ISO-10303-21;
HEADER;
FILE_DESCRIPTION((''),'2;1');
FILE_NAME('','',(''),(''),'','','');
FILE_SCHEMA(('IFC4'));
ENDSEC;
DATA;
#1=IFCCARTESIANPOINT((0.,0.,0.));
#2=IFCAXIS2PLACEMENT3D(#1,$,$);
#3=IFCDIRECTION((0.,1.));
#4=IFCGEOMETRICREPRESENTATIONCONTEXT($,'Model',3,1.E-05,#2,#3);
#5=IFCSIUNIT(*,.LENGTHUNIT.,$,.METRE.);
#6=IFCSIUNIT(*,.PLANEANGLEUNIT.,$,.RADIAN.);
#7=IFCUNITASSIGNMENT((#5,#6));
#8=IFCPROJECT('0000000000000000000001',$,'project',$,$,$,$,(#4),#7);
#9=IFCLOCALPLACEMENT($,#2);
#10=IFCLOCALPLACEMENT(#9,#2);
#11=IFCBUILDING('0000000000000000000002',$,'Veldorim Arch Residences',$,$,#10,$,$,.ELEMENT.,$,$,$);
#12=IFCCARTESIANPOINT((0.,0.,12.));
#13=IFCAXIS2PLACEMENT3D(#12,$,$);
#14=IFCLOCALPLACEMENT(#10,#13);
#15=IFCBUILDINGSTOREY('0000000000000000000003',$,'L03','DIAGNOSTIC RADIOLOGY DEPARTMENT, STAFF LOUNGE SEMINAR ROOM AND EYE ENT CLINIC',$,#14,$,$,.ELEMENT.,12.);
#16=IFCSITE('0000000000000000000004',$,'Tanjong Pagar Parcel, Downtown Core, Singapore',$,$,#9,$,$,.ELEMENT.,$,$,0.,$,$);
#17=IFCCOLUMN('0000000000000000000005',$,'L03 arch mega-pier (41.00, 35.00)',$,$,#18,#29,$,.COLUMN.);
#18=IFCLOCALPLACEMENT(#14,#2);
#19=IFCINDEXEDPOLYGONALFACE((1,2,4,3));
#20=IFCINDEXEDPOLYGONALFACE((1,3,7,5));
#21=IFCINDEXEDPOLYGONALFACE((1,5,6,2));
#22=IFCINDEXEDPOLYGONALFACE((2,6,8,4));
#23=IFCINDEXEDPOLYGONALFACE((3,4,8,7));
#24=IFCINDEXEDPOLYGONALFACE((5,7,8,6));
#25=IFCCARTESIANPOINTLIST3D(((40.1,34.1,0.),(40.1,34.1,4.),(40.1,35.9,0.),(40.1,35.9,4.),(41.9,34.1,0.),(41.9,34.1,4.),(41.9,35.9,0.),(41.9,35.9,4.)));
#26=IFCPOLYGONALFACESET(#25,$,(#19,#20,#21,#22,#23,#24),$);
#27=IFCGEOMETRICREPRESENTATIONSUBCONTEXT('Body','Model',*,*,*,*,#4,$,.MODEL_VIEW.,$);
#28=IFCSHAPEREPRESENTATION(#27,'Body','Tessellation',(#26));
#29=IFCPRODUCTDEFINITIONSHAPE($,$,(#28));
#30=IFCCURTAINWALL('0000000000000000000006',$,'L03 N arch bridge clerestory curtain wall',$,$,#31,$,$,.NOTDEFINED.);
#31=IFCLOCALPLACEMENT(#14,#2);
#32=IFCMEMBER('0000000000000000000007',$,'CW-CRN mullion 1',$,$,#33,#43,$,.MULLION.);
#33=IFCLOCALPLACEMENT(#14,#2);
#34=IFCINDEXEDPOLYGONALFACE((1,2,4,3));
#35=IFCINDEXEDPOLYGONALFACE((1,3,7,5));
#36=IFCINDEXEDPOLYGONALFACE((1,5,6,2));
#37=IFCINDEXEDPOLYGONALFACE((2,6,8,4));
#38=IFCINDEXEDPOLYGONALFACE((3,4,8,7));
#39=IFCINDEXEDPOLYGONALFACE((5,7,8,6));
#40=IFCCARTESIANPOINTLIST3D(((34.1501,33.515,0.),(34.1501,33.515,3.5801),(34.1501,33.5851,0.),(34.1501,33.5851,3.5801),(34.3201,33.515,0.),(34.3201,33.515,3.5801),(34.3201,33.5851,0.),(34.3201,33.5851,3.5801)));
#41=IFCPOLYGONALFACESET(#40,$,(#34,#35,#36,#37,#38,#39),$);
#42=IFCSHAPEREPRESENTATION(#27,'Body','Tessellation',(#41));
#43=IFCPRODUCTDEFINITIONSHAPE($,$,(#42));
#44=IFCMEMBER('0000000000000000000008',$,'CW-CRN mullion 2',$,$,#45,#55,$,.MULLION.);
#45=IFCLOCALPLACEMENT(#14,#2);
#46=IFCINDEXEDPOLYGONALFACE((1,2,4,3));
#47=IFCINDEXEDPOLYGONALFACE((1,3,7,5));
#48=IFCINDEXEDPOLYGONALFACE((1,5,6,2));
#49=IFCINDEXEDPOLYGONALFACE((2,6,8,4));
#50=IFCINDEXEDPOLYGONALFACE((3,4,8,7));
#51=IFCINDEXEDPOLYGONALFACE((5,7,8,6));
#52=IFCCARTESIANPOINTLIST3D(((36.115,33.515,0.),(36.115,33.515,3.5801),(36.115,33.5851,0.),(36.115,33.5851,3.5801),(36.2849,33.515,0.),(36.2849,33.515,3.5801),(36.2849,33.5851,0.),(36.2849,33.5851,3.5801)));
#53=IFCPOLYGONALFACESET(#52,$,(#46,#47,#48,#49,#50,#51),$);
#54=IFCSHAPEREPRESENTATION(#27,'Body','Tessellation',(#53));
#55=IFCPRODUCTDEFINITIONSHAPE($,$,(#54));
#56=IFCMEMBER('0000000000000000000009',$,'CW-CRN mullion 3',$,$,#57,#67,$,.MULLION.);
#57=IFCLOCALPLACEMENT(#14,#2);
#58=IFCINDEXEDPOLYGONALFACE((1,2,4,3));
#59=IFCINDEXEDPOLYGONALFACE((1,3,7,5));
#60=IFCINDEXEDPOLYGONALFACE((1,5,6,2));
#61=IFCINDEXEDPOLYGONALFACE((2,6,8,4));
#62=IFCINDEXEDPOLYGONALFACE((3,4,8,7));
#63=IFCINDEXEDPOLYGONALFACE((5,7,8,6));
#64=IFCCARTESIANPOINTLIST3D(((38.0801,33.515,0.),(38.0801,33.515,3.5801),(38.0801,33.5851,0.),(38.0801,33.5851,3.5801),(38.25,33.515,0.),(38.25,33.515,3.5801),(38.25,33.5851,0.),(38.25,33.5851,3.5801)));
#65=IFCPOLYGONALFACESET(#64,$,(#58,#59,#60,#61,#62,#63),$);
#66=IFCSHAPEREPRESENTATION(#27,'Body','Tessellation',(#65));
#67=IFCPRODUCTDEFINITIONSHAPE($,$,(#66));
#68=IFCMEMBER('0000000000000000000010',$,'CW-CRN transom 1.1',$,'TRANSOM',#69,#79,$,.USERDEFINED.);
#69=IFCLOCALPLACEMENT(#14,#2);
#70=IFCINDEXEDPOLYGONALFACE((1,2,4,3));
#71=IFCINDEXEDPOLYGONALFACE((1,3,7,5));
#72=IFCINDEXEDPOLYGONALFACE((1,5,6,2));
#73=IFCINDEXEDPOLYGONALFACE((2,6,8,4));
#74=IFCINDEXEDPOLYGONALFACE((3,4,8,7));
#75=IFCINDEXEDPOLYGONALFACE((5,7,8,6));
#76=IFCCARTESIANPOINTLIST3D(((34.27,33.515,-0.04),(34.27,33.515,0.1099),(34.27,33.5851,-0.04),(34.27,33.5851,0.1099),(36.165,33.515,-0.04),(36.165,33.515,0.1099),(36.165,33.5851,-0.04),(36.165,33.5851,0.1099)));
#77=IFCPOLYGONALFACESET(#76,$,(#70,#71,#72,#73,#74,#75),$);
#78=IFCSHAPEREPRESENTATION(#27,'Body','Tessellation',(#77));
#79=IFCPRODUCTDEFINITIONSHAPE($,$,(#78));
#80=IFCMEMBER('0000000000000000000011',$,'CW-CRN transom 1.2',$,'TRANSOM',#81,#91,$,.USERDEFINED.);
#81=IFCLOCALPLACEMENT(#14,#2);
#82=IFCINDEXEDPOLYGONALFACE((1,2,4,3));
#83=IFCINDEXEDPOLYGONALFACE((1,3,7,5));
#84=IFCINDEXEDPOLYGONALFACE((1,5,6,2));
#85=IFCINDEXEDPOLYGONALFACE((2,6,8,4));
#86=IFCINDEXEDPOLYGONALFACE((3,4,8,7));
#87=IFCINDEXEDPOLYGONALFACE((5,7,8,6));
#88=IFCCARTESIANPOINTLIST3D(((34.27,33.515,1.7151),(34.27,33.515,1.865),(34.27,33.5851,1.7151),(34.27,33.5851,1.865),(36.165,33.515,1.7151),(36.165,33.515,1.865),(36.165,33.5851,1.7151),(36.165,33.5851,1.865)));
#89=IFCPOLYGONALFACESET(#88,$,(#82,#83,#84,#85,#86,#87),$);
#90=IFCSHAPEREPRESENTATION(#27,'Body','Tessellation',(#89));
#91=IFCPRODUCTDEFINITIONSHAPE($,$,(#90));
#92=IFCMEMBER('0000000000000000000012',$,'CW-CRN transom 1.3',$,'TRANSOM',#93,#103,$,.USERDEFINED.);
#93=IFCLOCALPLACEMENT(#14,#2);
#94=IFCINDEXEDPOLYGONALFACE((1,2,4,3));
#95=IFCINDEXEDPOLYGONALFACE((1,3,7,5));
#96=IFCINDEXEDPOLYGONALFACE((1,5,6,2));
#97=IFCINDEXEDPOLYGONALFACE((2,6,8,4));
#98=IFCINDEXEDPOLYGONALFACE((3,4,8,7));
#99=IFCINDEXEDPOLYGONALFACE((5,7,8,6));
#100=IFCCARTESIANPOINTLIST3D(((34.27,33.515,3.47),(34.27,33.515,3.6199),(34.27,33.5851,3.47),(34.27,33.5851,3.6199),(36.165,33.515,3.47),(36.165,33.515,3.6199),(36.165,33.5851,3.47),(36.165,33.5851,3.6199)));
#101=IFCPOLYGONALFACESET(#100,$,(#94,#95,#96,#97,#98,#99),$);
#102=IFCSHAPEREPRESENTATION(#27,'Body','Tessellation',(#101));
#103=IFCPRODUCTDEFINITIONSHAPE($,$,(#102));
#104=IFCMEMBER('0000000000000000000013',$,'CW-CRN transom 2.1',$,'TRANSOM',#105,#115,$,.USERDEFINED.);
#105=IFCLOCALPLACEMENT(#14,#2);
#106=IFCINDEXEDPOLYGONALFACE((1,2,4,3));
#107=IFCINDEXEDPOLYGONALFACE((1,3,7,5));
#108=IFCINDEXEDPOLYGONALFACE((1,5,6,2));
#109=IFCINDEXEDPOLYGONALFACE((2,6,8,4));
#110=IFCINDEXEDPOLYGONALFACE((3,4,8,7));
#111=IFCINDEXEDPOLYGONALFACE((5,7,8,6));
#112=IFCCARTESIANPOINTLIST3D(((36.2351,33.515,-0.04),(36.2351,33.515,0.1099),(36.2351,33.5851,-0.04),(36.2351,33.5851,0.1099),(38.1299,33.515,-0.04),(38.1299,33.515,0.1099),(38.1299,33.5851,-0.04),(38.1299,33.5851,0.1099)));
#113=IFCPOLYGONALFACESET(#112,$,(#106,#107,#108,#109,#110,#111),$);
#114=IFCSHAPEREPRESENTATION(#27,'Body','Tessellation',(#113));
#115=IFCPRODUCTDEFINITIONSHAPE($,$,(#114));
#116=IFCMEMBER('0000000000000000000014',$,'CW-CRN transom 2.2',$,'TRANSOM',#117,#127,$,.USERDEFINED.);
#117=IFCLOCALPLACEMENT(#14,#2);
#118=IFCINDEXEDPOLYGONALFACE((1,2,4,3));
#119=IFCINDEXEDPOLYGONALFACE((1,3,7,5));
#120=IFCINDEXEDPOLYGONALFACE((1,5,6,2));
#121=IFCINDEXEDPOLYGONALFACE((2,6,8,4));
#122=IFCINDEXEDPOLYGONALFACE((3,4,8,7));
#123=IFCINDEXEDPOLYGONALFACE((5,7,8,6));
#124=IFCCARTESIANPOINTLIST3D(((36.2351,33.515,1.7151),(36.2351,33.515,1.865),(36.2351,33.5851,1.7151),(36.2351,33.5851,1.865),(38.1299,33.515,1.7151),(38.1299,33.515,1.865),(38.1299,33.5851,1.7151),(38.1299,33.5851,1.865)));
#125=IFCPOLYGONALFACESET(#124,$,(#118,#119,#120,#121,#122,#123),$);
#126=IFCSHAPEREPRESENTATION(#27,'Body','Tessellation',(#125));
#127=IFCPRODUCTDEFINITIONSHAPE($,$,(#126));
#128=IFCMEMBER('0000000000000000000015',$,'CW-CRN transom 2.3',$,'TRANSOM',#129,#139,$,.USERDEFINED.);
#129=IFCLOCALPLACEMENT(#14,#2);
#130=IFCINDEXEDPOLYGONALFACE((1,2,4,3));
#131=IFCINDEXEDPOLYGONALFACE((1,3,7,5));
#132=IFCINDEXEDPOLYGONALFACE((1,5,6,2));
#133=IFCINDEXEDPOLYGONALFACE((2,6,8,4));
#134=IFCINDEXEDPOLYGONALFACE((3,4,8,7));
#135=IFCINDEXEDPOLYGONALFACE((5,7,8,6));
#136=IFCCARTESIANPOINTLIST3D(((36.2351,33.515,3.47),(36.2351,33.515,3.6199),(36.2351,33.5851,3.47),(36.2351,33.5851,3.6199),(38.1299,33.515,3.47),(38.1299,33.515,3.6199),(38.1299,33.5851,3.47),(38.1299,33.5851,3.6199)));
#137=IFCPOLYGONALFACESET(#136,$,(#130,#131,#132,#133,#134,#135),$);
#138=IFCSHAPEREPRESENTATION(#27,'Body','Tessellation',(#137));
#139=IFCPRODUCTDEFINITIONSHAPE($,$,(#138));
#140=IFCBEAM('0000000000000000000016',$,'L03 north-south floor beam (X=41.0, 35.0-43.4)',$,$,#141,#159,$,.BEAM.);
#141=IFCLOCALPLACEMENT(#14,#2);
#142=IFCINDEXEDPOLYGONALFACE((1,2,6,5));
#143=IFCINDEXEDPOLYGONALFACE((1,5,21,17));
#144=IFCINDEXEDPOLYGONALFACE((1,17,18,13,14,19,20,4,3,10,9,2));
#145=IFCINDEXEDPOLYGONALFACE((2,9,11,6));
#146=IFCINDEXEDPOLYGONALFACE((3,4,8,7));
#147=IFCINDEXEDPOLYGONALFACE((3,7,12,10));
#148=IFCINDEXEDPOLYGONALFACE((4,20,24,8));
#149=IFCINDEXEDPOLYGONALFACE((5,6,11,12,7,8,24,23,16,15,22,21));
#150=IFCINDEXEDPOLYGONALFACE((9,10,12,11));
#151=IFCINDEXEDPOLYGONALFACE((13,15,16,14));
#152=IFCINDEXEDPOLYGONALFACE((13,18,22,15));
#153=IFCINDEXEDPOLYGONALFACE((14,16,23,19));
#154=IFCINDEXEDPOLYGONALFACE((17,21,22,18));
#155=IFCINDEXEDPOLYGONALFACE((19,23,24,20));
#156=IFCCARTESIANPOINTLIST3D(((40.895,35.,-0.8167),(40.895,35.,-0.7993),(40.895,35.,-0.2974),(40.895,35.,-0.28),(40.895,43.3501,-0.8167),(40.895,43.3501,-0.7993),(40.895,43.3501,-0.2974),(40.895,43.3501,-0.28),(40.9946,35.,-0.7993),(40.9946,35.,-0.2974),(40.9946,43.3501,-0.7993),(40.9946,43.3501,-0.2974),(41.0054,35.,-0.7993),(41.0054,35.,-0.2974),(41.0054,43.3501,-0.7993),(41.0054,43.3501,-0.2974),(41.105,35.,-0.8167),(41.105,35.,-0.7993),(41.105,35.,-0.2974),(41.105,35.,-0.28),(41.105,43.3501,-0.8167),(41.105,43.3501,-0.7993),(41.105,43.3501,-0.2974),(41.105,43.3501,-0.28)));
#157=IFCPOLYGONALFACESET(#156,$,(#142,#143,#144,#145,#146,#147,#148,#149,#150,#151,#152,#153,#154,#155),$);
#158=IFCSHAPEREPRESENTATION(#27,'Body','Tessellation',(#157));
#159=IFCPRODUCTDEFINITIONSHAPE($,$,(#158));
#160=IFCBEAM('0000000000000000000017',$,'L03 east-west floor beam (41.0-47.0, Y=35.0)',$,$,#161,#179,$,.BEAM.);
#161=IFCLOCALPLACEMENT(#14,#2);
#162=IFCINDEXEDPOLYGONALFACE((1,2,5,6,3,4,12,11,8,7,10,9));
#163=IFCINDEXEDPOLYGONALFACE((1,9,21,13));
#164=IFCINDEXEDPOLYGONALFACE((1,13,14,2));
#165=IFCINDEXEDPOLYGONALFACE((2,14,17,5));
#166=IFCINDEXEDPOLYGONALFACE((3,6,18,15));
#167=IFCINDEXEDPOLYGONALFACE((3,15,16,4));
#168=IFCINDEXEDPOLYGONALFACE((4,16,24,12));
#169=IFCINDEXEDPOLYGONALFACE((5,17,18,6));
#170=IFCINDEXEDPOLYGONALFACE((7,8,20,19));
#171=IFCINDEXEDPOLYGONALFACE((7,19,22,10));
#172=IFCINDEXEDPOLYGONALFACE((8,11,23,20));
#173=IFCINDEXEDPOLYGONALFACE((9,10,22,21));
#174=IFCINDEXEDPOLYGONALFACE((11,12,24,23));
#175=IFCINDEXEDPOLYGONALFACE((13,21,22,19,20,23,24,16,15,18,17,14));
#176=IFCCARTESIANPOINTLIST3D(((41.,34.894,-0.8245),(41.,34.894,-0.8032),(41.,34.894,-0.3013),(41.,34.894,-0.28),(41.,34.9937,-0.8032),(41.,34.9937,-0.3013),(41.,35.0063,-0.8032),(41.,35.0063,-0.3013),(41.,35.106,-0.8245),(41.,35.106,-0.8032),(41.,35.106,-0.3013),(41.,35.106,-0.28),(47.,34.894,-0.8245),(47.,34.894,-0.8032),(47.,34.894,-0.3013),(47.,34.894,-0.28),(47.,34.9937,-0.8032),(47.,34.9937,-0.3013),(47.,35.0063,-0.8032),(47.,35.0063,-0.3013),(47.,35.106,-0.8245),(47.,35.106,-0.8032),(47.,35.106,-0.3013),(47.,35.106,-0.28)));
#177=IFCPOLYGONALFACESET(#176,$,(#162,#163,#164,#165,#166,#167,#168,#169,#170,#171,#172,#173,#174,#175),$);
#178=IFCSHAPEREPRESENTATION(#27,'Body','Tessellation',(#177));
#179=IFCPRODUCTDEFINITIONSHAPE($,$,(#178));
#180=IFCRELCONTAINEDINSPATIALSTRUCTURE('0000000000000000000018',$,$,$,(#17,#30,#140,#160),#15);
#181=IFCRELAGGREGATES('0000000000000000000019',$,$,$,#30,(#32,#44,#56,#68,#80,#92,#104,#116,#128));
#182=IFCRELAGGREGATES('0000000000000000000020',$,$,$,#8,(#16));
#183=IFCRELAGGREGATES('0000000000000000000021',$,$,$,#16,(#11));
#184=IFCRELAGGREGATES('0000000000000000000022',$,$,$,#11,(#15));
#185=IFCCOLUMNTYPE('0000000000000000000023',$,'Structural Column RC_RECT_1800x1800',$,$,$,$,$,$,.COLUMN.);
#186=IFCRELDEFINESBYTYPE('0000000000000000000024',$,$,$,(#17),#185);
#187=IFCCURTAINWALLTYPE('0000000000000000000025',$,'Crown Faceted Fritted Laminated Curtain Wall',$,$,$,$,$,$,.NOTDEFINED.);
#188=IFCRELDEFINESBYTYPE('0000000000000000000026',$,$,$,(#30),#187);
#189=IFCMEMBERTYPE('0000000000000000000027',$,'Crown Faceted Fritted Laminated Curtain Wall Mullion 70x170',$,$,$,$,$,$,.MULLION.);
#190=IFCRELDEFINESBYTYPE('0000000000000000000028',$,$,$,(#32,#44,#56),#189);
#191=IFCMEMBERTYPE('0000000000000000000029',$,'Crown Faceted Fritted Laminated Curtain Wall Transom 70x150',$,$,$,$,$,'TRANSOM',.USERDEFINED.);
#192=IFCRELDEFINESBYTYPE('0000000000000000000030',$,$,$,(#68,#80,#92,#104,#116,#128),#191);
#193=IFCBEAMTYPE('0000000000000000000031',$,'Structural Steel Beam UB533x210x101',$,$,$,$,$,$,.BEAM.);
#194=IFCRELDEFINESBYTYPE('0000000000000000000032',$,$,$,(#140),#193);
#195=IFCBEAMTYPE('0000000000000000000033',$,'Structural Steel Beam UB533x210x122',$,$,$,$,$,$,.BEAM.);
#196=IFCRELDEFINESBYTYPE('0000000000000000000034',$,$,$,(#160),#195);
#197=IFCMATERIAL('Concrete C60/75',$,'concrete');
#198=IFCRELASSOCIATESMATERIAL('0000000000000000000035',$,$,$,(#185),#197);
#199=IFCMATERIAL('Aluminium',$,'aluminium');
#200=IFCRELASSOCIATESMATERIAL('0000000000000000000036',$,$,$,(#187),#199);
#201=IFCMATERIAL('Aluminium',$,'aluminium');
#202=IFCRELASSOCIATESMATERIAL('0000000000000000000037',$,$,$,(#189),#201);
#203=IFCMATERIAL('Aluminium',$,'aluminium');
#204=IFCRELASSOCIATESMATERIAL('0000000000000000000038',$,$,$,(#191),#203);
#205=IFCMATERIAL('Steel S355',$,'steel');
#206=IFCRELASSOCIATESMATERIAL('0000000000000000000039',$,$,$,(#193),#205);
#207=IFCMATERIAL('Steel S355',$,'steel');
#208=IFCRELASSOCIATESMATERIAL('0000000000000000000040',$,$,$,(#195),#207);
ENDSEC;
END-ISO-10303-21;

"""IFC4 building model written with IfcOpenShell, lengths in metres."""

from ifc_helpers import new_model, si_unit, direction, frame, origin, origin_2d, place, context, subcontext, project, spatial, rectangle, i_section, extrude, material, material_profile, profile_set, type_object, element, aggregate, save


model = new_model("IFC4")

# Units and contexts
model_context = context("Model", 3, precision=1e-05, world=origin(), true_north=direction((0.0, 1.0)))
body_context = subcontext(model_context, "Body", "Model", "MODEL_VIEW")
ifc_project = project(units=[si_unit("LENGTHUNIT", "METRE"), si_unit("PLANEANGLEUNIT", "RADIAN")], contexts=[model_context])

# Site, building, storey
site_placement = place(None, origin())
site = spatial("IfcSite", under=ifc_project, at=site_placement, Name="Tanjong Pagar Parcel, Downtown Core, Singapore", CompositionType="ELEMENT", RefElevation=0.0)
building_placement = place(site_placement, origin())
building = spatial("IfcBuilding", under=site, at=building_placement, Name="Veldorim Arch Residences", CompositionType="ELEMENT")
storey_placement = place(building_placement, frame((0.0, 0.0, 12.0)))
storey = spatial("IfcBuildingStorey", under=building, at=storey_placement, Name="L03", Description="DIAGNOSTIC RADIOLOGY DEPARTMENT, STAFF LOUNGE SEMINAR ROOM AND EYE ENT CLINIC", CompositionType="ELEMENT", Elevation=12.0)

# Column
ifc_material_1 = material(Name="Concrete C60/75", Category="concrete")
ifc_material_profile_1 = material_profile(ifc_material_1, rectangle(XDim=1.8, YDim=1.8, at=origin_2d()), Name="RC_RECT_1800x1800")
ifc_profile_set_1 = profile_set([ifc_material_profile_1], Name="Concrete C60/75")
column_type = type_object("IfcColumnType", Name="Structural Column RC_RECT_1800x1800", PredefinedType="COLUMN", material=ifc_profile_set_1)
column_placement = place(storey_placement, frame((41.0, 35.0, 0.0), z_axis=(0.0, 0.0, 1.0), x_axis=(1.0, 0.0, 0.0)))
element("IfcColumn", 1, at=column_placement, inside=storey, type_object=column_type, Name="L03 arch mega-pier (41.00, 35.00)", PredefinedType="COLUMN", context=body_context, shape_type="SweptSolid", body=[
    extrude(rectangle(XDim=1.8, YDim=1.8, at=origin_2d()), origin(), (0.0, 0.0, 1.0), 4.0),
])

# Curtain wall, members
ifc_material_2 = material(Name="Aluminium", Category="aluminium")
curtain_wall_type = type_object("IfcCurtainWallType", Name="Crown Faceted Fritted Laminated Curtain Wall", PredefinedType="NOTDEFINED", material=ifc_material_2)
curtain_wall_placement = place(storey_placement, origin())
curtain_wall = element("IfcCurtainWall", 2, at=curtain_wall_placement, inside=storey, type_object=curtain_wall_type, Name="L03 N arch bridge clerestory curtain wall", PredefinedType="NOTDEFINED")
ifc_material_3 = material(Name="Aluminium", Category="aluminium")
ifc_material_profile_2 = material_profile(ifc_material_3, rectangle(XDim=0.0701, YDim=0.1699, at=origin_2d()), Name="ALU_MUL_70x170")
ifc_profile_set_2 = profile_set([ifc_material_profile_2], Name="Aluminium")
member_type_1 = type_object("IfcMemberType", Name="Crown Faceted Fritted Laminated Curtain Wall Mullion 70x170", PredefinedType="MULLION", material=ifc_profile_set_2)
member_1_placement = place(storey_placement, frame((34.2351, 33.55, 0.0), z_axis=(0.0, 0.0, 1.0), x_axis=(0.0, 1.0, 0.0)))
member_1 = element("IfcMember", 3, at=member_1_placement, type_object=member_type_1, Name="CW-CRN mullion 1", PredefinedType="MULLION", context=body_context, shape_type="SweptSolid", body=[
    extrude(rectangle(XDim=0.0701, YDim=0.1699, at=origin_2d()), origin(), (0.0, 0.0, 1.0), 3.5801),
])
member_2_placement = place(storey_placement, frame((36.2, 33.55, 0.0), z_axis=(0.0, 0.0, 1.0), x_axis=(0.0, 1.0, 0.0)))
member_2 = element("IfcMember", 4, at=member_2_placement, type_object=member_type_1, Name="CW-CRN mullion 2", PredefinedType="MULLION", context=body_context, shape_type="SweptSolid", body=[
    extrude(rectangle(XDim=0.0701, YDim=0.1699, at=origin_2d()), origin(), (0.0, 0.0, 1.0), 3.5801),
])
member_3_placement = place(storey_placement, frame((38.165, 33.55, 0.0), z_axis=(0.0, 0.0, 1.0), x_axis=(0.0, 1.0, 0.0)))
member_3 = element("IfcMember", 5, at=member_3_placement, type_object=member_type_1, Name="CW-CRN mullion 3", PredefinedType="MULLION", context=body_context, shape_type="SweptSolid", body=[
    extrude(rectangle(XDim=0.0701, YDim=0.1699, at=origin_2d()), origin(), (0.0, 0.0, 1.0), 3.5801),
])
ifc_material_4 = material(Name="Aluminium", Category="aluminium")
ifc_material_profile_3 = material_profile(ifc_material_4, rectangle(XDim=0.0701, YDim=0.1499, at=origin_2d()), Name="ALU_TRN_70x150")
ifc_profile_set_3 = profile_set([ifc_material_profile_3], Name="Aluminium")
member_type_2 = type_object("IfcMemberType", Name="Crown Faceted Fritted Laminated Curtain Wall Transom 70x150", ElementType="TRANSOM", PredefinedType="USERDEFINED", material=ifc_profile_set_3)
member_4_placement = place(storey_placement, frame((34.27, 33.55, 0.0349), z_axis=(1.0, 0.0, 0.0), x_axis=(0.0, 1.0, 0.0)))
member_4 = element("IfcMember", 6, at=member_4_placement, type_object=member_type_2, Name="CW-CRN transom 1.1", ObjectType="TRANSOM", PredefinedType="USERDEFINED", context=body_context, shape_type="SweptSolid", body=[
    extrude(rectangle(XDim=0.0701, YDim=0.1499, at=origin_2d()), origin(), (0.0, 0.0, 1.0), 1.895),
])
member_5_placement = place(storey_placement, frame((34.27, 33.55, 1.79), z_axis=(1.0, 0.0, 0.0), x_axis=(0.0, 1.0, 0.0)))
member_5 = element("IfcMember", 7, at=member_5_placement, type_object=member_type_2, Name="CW-CRN transom 1.2", ObjectType="TRANSOM", PredefinedType="USERDEFINED", context=body_context, shape_type="SweptSolid", body=[
    extrude(rectangle(XDim=0.0701, YDim=0.1499, at=origin_2d()), origin(), (0.0, 0.0, 1.0), 1.895),
])
member_6_placement = place(storey_placement, frame((34.27, 33.55, 3.5449), z_axis=(1.0, 0.0, 0.0), x_axis=(0.0, 1.0, 0.0)))
member_6 = element("IfcMember", 8, at=member_6_placement, type_object=member_type_2, Name="CW-CRN transom 1.3", ObjectType="TRANSOM", PredefinedType="USERDEFINED", context=body_context, shape_type="SweptSolid", body=[
    extrude(rectangle(XDim=0.0701, YDim=0.1499, at=origin_2d()), origin(), (0.0, 0.0, 1.0), 1.895),
])
member_7_placement = place(storey_placement, frame((36.2351, 33.55, 0.0349), z_axis=(1.0, 0.0, 0.0), x_axis=(0.0, 1.0, 0.0)))
member_7 = element("IfcMember", 9, at=member_7_placement, type_object=member_type_2, Name="CW-CRN transom 2.1", ObjectType="TRANSOM", PredefinedType="USERDEFINED", context=body_context, shape_type="SweptSolid", body=[
    extrude(rectangle(XDim=0.0701, YDim=0.1499, at=origin_2d()), origin(), (0.0, 0.0, 1.0), 1.8948),
])
member_8_placement = place(storey_placement, frame((36.2351, 33.55, 1.79), z_axis=(1.0, 0.0, 0.0), x_axis=(0.0, 1.0, 0.0)))
member_8 = element("IfcMember", 10, at=member_8_placement, type_object=member_type_2, Name="CW-CRN transom 2.2", ObjectType="TRANSOM", PredefinedType="USERDEFINED", context=body_context, shape_type="SweptSolid", body=[
    extrude(rectangle(XDim=0.0701, YDim=0.1499, at=origin_2d()), origin(), (0.0, 0.0, 1.0), 1.8948),
])
member_9_placement = place(storey_placement, frame((36.2351, 33.55, 3.5449), z_axis=(1.0, 0.0, 0.0), x_axis=(0.0, 1.0, 0.0)))
member_9 = element("IfcMember", 11, at=member_9_placement, type_object=member_type_2, Name="CW-CRN transom 2.3", ObjectType="TRANSOM", PredefinedType="USERDEFINED", context=body_context, shape_type="SweptSolid", body=[
    extrude(rectangle(XDim=0.0701, YDim=0.1499, at=origin_2d()), origin(), (0.0, 0.0, 1.0), 1.8948),
])

# Beams
ifc_material_5 = material(Name="Steel S355", Category="steel")
ifc_material_profile_4 = material_profile(ifc_material_5, i_section(OverallWidth=0.21, OverallDepth=0.5366, WebThickness=0.0107, FlangeThickness=0.0173, at=origin_2d()), Name="UB533x210x101")
ifc_profile_set_4 = profile_set([ifc_material_profile_4], Name="Steel S355")
beam_type_1 = type_object("IfcBeamType", Name="Structural Steel Beam UB533x210x101", PredefinedType="BEAM", material=ifc_profile_set_4)
beam_1_placement = place(storey_placement, frame((41.0, 35.0, -0.5483), z_axis=(0.0, 1.0, 0.0), x_axis=(-1.0, 0.0, 0.0)))
element("IfcBeam", 12, at=beam_1_placement, inside=storey, type_object=beam_type_1, Name="L03 north-south floor beam (X=41.0, 35.0-43.4)", PredefinedType="BEAM", context=body_context, shape_type="SweptSolid", body=[
    extrude(i_section(OverallWidth=0.21, OverallDepth=0.5366, WebThickness=0.0107, FlangeThickness=0.0173, at=origin_2d()), origin(), (0.0, 0.0, 1.0), 8.3501),
])
ifc_material_6 = material(Name="Steel S355", Category="steel")
ifc_material_profile_5 = material_profile(ifc_material_6, i_section(OverallWidth=0.2119, OverallDepth=0.5444, WebThickness=0.0127, FlangeThickness=0.0212, at=origin_2d()), Name="UB533x210x122")
ifc_profile_set_5 = profile_set([ifc_material_profile_5], Name="Steel S355")
beam_type_2 = type_object("IfcBeamType", Name="Structural Steel Beam UB533x210x122", PredefinedType="BEAM", material=ifc_profile_set_5)
beam_2_placement = place(storey_placement, frame((41.0, 35.0, -0.5522), z_axis=(1.0, 0.0, 0.0), x_axis=(0.0, 1.0, 0.0)))
element("IfcBeam", 13, at=beam_2_placement, inside=storey, type_object=beam_type_2, Name="L03 east-west floor beam (41.0-47.0, Y=35.0)", PredefinedType="BEAM", context=body_context, shape_type="SweptSolid", body=[
    extrude(i_section(OverallWidth=0.2119, OverallDepth=0.5444, WebThickness=0.0127, FlangeThickness=0.0212, at=origin_2d()), origin(), (0.0, 0.0, 1.0), 6.0),
])

aggregate(curtain_wall, [member_1, member_2, member_3, member_4, member_5, member_6, member_7, member_8, member_9])

save(model, "model.ifc")
